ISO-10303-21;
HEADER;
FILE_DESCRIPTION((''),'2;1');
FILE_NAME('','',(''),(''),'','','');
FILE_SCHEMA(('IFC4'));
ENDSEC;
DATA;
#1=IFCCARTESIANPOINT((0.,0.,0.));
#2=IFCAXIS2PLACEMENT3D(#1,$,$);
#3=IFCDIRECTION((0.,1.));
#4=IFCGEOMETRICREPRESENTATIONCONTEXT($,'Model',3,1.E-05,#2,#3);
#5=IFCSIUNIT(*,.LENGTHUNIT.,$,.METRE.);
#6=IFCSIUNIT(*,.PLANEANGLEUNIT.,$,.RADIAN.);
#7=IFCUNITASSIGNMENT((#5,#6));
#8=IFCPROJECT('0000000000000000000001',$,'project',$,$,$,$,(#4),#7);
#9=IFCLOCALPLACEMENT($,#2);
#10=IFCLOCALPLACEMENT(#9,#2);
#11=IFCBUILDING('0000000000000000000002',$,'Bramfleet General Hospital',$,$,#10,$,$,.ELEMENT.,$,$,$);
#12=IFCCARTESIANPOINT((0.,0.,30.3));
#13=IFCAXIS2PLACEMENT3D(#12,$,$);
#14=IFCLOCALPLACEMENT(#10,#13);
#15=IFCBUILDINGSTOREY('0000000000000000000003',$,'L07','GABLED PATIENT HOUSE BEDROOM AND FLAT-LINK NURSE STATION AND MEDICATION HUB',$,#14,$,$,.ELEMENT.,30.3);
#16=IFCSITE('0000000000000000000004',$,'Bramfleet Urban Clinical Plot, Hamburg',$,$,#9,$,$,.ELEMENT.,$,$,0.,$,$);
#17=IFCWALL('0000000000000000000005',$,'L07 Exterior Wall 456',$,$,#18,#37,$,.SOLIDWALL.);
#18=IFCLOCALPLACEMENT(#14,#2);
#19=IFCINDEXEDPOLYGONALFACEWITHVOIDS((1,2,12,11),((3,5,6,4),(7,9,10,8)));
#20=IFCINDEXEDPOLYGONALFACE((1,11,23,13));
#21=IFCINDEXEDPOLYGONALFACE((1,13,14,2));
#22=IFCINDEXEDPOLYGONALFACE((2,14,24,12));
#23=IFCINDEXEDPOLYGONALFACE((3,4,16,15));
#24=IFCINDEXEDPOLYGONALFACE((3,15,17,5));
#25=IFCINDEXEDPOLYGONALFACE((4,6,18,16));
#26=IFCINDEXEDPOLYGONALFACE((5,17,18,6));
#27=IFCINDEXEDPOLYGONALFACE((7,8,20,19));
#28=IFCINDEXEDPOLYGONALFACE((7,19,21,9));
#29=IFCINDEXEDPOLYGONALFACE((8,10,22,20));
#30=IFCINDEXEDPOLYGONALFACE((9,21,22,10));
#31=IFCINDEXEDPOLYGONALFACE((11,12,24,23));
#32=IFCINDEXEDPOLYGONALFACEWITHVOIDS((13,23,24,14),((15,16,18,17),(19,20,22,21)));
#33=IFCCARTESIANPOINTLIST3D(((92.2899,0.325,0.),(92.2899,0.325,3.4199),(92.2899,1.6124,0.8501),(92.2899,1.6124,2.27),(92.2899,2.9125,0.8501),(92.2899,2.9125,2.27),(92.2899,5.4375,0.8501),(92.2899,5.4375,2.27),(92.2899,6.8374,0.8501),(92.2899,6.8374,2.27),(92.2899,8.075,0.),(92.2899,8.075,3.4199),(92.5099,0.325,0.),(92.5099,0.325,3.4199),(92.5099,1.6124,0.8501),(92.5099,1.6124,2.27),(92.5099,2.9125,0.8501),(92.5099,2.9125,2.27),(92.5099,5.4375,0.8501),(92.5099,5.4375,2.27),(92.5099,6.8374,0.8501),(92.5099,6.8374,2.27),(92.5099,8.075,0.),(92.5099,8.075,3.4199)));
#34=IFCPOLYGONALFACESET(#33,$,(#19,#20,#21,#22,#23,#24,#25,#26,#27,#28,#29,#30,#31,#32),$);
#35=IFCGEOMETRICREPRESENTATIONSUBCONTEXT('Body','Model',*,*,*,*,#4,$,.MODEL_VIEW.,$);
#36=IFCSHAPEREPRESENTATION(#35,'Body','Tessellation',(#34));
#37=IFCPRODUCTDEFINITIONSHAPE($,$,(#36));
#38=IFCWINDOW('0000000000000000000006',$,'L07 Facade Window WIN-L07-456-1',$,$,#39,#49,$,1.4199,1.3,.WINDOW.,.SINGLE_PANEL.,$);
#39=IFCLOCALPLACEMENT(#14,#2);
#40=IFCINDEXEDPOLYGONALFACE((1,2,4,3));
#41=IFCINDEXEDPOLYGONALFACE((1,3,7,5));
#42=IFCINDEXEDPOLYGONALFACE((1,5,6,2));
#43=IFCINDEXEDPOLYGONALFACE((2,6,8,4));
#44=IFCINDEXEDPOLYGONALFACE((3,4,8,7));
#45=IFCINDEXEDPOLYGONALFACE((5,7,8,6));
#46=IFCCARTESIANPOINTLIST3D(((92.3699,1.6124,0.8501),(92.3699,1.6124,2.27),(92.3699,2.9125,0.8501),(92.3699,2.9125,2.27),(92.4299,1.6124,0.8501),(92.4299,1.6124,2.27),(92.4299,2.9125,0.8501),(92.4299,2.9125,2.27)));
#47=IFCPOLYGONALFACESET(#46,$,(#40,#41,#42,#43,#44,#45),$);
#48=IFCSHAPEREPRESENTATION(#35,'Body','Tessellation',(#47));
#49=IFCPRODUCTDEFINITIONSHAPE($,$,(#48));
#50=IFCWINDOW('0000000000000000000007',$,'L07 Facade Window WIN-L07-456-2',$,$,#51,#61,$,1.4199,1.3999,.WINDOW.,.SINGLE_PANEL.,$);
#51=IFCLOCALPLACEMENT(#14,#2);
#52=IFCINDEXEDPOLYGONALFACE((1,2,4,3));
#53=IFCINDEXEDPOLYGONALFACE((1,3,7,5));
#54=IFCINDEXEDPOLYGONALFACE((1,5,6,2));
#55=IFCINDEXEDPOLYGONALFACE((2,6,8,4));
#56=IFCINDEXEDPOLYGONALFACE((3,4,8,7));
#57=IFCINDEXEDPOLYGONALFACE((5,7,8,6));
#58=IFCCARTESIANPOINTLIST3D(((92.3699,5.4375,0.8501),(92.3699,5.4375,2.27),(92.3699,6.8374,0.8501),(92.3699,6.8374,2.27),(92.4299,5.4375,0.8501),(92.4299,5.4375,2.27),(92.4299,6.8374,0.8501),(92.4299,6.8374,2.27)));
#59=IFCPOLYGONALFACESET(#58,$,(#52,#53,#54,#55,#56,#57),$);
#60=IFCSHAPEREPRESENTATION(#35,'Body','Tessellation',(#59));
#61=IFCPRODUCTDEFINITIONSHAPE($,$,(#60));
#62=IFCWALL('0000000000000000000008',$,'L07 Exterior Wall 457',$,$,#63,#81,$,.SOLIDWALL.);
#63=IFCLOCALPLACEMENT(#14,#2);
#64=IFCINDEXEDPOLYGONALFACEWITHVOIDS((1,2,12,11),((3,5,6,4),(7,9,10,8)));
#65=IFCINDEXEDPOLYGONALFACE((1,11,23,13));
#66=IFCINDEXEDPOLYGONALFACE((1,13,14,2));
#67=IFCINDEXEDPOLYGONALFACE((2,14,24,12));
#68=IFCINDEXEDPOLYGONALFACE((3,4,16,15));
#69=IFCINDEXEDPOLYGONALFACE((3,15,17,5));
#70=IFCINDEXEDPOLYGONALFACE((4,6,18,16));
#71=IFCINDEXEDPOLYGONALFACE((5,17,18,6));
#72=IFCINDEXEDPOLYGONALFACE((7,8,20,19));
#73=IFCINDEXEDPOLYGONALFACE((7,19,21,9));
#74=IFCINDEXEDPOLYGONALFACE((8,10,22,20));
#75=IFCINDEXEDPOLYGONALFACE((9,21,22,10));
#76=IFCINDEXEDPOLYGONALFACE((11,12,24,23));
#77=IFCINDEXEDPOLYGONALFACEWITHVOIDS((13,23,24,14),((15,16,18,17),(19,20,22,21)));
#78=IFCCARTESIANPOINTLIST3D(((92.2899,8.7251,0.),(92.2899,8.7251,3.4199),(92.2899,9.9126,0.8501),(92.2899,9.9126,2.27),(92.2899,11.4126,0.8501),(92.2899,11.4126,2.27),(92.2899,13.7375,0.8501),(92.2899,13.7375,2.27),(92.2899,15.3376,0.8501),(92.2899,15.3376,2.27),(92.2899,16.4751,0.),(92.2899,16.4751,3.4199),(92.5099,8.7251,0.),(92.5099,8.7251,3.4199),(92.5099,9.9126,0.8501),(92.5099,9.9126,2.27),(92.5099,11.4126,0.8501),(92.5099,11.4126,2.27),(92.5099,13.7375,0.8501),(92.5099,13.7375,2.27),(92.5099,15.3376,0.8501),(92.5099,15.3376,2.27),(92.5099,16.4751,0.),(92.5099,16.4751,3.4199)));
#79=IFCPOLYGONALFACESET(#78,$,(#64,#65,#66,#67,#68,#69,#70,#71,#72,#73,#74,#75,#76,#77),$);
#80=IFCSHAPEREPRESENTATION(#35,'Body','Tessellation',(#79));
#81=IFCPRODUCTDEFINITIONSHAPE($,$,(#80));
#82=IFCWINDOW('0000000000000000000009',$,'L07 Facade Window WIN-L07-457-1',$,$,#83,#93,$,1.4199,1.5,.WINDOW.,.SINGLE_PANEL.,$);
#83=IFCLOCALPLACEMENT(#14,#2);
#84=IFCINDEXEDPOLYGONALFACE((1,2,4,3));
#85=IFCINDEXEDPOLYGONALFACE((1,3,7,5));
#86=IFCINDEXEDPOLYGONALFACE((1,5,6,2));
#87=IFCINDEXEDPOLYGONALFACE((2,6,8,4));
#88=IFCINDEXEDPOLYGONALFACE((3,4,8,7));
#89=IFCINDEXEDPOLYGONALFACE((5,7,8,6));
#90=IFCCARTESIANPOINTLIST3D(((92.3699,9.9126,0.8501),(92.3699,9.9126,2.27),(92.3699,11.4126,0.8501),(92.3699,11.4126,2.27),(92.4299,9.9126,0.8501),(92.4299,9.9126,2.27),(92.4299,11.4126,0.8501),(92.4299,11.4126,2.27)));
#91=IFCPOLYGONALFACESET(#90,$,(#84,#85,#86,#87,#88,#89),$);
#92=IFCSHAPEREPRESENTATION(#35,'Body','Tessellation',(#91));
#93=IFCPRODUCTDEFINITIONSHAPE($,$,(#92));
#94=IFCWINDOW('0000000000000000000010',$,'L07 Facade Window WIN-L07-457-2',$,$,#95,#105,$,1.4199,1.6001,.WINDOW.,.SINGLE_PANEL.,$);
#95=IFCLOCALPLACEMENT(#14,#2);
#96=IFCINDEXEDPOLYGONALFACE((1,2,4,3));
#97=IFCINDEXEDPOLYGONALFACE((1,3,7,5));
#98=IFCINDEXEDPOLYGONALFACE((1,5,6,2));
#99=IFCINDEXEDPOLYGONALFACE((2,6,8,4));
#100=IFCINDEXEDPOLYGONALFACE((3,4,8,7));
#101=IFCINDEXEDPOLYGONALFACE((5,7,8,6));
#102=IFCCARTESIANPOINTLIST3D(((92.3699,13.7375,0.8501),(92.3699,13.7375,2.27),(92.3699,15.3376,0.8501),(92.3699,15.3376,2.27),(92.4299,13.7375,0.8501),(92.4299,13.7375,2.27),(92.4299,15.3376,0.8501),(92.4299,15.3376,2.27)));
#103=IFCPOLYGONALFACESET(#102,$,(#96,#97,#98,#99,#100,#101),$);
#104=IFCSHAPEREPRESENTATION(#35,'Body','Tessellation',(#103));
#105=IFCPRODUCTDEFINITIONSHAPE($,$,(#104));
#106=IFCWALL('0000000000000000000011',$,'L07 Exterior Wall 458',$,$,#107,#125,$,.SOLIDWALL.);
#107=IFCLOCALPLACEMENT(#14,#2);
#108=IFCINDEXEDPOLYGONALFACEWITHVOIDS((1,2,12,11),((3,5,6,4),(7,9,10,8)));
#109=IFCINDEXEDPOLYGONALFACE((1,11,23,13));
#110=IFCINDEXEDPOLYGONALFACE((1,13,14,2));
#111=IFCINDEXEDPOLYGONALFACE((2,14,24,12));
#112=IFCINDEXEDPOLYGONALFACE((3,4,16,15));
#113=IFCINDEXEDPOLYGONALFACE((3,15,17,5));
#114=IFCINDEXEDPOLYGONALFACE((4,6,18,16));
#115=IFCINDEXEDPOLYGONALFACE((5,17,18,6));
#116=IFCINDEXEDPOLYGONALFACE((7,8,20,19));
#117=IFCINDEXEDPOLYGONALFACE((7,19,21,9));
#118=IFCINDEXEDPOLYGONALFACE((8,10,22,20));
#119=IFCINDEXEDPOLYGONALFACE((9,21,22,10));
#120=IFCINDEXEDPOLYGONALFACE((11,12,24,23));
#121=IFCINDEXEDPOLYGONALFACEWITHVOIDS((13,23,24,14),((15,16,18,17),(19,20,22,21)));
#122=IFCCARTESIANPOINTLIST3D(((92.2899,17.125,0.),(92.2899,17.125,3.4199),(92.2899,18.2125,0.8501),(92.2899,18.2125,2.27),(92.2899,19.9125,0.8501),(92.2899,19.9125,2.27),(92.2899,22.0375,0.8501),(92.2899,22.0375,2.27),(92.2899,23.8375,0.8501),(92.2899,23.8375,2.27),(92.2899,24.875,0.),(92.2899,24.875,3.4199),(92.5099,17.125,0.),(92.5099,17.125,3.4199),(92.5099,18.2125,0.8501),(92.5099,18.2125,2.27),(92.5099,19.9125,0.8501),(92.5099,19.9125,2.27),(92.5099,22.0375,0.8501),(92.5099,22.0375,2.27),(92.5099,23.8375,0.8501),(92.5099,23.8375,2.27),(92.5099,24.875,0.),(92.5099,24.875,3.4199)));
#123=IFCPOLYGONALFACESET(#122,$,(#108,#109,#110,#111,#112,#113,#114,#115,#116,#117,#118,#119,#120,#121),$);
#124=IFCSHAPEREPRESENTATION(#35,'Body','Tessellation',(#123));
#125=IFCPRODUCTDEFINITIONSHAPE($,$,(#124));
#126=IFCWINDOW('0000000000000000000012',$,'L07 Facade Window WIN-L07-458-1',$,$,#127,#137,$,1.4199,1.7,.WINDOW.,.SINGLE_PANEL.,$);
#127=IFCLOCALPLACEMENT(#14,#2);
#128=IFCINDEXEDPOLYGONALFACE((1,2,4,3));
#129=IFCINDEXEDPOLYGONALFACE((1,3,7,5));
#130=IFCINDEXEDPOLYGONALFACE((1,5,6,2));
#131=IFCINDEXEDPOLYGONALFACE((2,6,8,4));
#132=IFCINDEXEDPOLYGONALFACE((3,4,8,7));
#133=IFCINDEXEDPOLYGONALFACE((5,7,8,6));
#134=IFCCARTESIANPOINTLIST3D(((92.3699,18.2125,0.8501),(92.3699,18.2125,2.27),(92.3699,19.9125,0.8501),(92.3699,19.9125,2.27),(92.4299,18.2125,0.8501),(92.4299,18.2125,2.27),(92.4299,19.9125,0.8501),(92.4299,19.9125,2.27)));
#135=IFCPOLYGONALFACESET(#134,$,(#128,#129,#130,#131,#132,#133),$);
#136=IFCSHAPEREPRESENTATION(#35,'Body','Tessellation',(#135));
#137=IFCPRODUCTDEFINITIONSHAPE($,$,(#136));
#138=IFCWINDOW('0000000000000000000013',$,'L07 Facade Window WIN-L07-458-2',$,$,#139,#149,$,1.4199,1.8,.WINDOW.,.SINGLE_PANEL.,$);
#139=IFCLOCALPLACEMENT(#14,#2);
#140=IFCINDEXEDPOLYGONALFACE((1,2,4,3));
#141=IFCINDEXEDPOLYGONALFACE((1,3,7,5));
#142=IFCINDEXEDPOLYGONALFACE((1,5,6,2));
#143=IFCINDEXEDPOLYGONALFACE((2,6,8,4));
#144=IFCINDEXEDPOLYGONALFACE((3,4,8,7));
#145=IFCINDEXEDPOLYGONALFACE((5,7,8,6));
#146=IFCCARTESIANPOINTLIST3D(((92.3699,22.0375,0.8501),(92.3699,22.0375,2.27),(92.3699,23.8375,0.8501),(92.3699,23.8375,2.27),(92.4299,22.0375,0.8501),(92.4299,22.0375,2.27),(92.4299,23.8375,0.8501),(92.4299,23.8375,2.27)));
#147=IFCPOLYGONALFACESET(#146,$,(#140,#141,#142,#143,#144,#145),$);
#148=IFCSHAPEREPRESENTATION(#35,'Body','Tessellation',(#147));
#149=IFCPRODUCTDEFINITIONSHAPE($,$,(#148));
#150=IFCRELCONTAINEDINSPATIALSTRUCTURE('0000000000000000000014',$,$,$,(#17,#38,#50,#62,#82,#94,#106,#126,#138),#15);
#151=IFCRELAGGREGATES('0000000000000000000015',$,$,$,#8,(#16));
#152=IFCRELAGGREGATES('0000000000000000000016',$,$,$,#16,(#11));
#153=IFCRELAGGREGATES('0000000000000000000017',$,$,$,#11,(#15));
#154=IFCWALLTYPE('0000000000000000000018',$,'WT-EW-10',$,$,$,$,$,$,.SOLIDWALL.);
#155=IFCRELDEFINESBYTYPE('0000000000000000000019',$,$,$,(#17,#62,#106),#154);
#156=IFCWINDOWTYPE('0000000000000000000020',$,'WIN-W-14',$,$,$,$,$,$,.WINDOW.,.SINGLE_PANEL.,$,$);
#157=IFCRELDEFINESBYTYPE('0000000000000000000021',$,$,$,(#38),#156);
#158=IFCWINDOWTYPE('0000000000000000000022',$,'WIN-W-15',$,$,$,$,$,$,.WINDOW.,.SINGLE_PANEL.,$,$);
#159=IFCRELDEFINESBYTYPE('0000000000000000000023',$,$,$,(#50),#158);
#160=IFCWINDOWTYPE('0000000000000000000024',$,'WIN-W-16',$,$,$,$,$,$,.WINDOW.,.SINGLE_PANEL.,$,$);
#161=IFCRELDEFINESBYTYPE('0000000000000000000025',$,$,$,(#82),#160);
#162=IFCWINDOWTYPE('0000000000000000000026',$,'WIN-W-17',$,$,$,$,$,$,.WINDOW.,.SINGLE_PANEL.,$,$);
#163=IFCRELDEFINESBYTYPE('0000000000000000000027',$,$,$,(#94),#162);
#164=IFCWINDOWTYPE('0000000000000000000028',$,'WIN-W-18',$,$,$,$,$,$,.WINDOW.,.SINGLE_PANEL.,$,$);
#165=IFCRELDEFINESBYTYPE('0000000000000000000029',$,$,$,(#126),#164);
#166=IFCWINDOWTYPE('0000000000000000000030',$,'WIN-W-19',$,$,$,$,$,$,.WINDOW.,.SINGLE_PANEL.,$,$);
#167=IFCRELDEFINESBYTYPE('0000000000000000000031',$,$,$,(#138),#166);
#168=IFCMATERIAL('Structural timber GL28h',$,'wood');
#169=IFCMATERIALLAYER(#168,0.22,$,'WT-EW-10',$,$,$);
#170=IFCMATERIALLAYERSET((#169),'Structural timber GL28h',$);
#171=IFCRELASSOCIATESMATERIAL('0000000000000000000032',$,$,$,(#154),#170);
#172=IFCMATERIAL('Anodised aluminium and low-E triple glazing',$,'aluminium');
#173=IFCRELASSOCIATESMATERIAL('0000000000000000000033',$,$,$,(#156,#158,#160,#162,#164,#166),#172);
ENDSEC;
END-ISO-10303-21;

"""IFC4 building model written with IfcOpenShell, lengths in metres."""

from ifc_helpers import new_model, si_unit, direction, frame, frame_2d, origin, place, context, subcontext, project, spatial, rectangle, extrude, material, layer, layer_set, type_object, element, fill, save


model = new_model("IFC4")

# Units and contexts
model_context = context("Model", 3, precision=1e-05, world=origin(), true_north=direction((0.0, 1.0)))
body_context = subcontext(model_context, "Body", "Model", "MODEL_VIEW")
ifc_project = project(units=[si_unit("LENGTHUNIT", "METRE"), si_unit("PLANEANGLEUNIT", "RADIAN")], contexts=[model_context])

# Site, building, storey
site_placement = place(None, origin())
site = spatial("IfcSite", under=ifc_project, at=site_placement, Name="Bramfleet Urban Clinical Plot, Hamburg", CompositionType="ELEMENT", RefElevation=0.0)
building_placement = place(site_placement, origin())
building = spatial("IfcBuilding", under=site, at=building_placement, Name="Bramfleet General Hospital", CompositionType="ELEMENT")
storey_placement = place(building_placement, frame((0.0, 0.0, 30.3)))
storey = spatial("IfcBuildingStorey", under=building, at=storey_placement, Name="L07", Description="GABLED PATIENT HOUSE BEDROOM AND FLAT-LINK NURSE STATION AND MEDICATION HUB", CompositionType="ELEMENT", Elevation=30.3)

# Walls, openings, windows
ifc_material_1 = material(Name="Structural timber GL28h", Category="wood")
ifc_layer = layer(ifc_material_1, 0.22, Name="WT-EW-10")
ifc_layer_set = layer_set([ifc_layer], Name="Structural timber GL28h")
wall_type = type_object("IfcWallType", Name="WT-EW-10", PredefinedType="SOLIDWALL", material=ifc_layer_set)
wall_1_placement = place(storey_placement, frame((92.3999, 0.325, 0.0), z_axis=(0.0, 0.0, 1.0), x_axis=(0.0, 1.0, 0.0)))
wall_1 = element("IfcWall", 1, at=wall_1_placement, inside=storey, type_object=wall_type, Name="L07 Exterior Wall 456", PredefinedType="SOLIDWALL", context=body_context, shape_type="SweptSolid", body=[
    extrude(rectangle(XDim=7.75, YDim=0.22, at=frame_2d((3.875, 0.0))), origin(), (0.0, 0.0, 1.0), 3.4199),
])
opening_1_placement = place(wall_1_placement, frame((1.2876, 0.0, 0.8501)))
opening_1 = element("IfcOpeningElement", 2, at=opening_1_placement, cuts=wall_1, PredefinedType="OPENING", context=body_context, shape_type="SweptSolid", body=[
    extrude(rectangle(XDim=1.3, YDim=1.4199, at=frame_2d((0.6499, 0.71))), frame((0.0, 0.1199, 0.0), z_axis=(0.0, -1.0, 0.0), x_axis=(1.0, 0.0, 0.0)), (0.0, 0.0, 1.0), 0.24),
])
opening_2_placement = place(wall_1_placement, frame((5.1125, 0.0, 0.8501)))
opening_2 = element("IfcOpeningElement", 3, at=opening_2_placement, cuts=wall_1, PredefinedType="OPENING", context=body_context, shape_type="SweptSolid", body=[
    extrude(rectangle(XDim=1.3999, YDim=1.4199, at=frame_2d((0.7, 0.71))), frame((0.0, 0.1199, 0.0), z_axis=(0.0, -1.0, 0.0), x_axis=(1.0, 0.0, 0.0)), (0.0, 0.0, 1.0), 0.24),
])
ifc_material_2 = material(Name="Anodised aluminium and low-E triple glazing", Category="aluminium")
window_type_1 = type_object("IfcWindowType", Name="WIN-W-14", PartitioningType="SINGLE_PANEL", PredefinedType="WINDOW", material=ifc_material_2)
window_1_placement = place(opening_1_placement, origin())
window_1 = element("IfcWindow", 4, at=window_1_placement, inside=storey, type_object=window_type_1, Name="L07 Facade Window WIN-L07-456-1", OverallHeight=1.4199, OverallWidth=1.3, PartitioningType="SINGLE_PANEL", PredefinedType="WINDOW", context=body_context, shape_type="SweptSolid", body=[
    extrude(rectangle(XDim=1.3, YDim=1.4199, at=frame_2d((0.6499, 0.71))), frame((0.0, 0.03, 0.0), z_axis=(0.0, -1.0, 0.0), x_axis=(1.0, 0.0, 0.0)), (0.0, 0.0, 1.0), 0.0601),
])
fill(opening_1, window_1)
window_type_2 = type_object("IfcWindowType", Name="WIN-W-15", PartitioningType="SINGLE_PANEL", PredefinedType="WINDOW", material=ifc_material_2)
window_2_placement = place(opening_2_placement, origin())
window_2 = element("IfcWindow", 5, at=window_2_placement, inside=storey, type_object=window_type_2, Name="L07 Facade Window WIN-L07-456-2", OverallHeight=1.4199, OverallWidth=1.3999, PartitioningType="SINGLE_PANEL", PredefinedType="WINDOW", context=body_context, shape_type="SweptSolid", body=[
    extrude(rectangle(XDim=1.3999, YDim=1.4199, at=frame_2d((0.7, 0.71))), frame((0.0, 0.03, 0.0), z_axis=(0.0, -1.0, 0.0), x_axis=(1.0, 0.0, 0.0)), (0.0, 0.0, 1.0), 0.0601),
])
fill(opening_2, window_2)
wall_2_placement = place(storey_placement, frame((92.3999, 8.7251, 0.0), z_axis=(0.0, 0.0, 1.0), x_axis=(0.0, 1.0, 0.0)))
wall_2 = element("IfcWall", 6, at=wall_2_placement, inside=storey, type_object=wall_type, Name="L07 Exterior Wall 457", PredefinedType="SOLIDWALL", context=body_context, shape_type="SweptSolid", body=[
    extrude(rectangle(XDim=7.75, YDim=0.22, at=frame_2d((3.875, 0.0))), origin(), (0.0, 0.0, 1.0), 3.4199),
])
opening_3_placement = place(wall_2_placement, frame((1.1875, 0.0, 0.8501)))
opening_3 = element("IfcOpeningElement", 7, at=opening_3_placement, cuts=wall_2, PredefinedType="OPENING", context=body_context, shape_type="SweptSolid", body=[
    extrude(rectangle(XDim=1.5, YDim=1.4199, at=frame_2d((0.75, 0.71))), frame((0.0, 0.1199, 0.0), z_axis=(0.0, -1.0, 0.0), x_axis=(1.0, 0.0, 0.0)), (0.0, 0.0, 1.0), 0.24),
])
opening_4_placement = place(wall_2_placement, frame((5.0125, 0.0, 0.8501)))
opening_4 = element("IfcOpeningElement", 8, at=opening_4_placement, cuts=wall_2, PredefinedType="OPENING", context=body_context, shape_type="SweptSolid", body=[
    extrude(rectangle(XDim=1.6001, YDim=1.4199, at=frame_2d((0.8, 0.71))), frame((0.0, 0.1199, 0.0), z_axis=(0.0, -1.0, 0.0), x_axis=(1.0, 0.0, 0.0)), (0.0, 0.0, 1.0), 0.24),
])
window_type_3 = type_object("IfcWindowType", Name="WIN-W-16", PartitioningType="SINGLE_PANEL", PredefinedType="WINDOW", material=ifc_material_2)
window_3_placement = place(opening_3_placement, origin())
window_3 = element("IfcWindow", 9, at=window_3_placement, inside=storey, type_object=window_type_3, Name="L07 Facade Window WIN-L07-457-1", OverallHeight=1.4199, OverallWidth=1.5, PartitioningType="SINGLE_PANEL", PredefinedType="WINDOW", context=body_context, shape_type="SweptSolid", body=[
    extrude(rectangle(XDim=1.5, YDim=1.4199, at=frame_2d((0.75, 0.71))), frame((0.0, 0.03, 0.0), z_axis=(0.0, -1.0, 0.0), x_axis=(1.0, 0.0, 0.0)), (0.0, 0.0, 1.0), 0.0601),
])
fill(opening_3, window_3)
window_type_4 = type_object("IfcWindowType", Name="WIN-W-17", PartitioningType="SINGLE_PANEL", PredefinedType="WINDOW", material=ifc_material_2)
window_4_placement = place(opening_4_placement, origin())
window_4 = element("IfcWindow", 10, at=window_4_placement, inside=storey, type_object=window_type_4, Name="L07 Facade Window WIN-L07-457-2", OverallHeight=1.4199, OverallWidth=1.6001, PartitioningType="SINGLE_PANEL", PredefinedType="WINDOW", context=body_context, shape_type="SweptSolid", body=[
    extrude(rectangle(XDim=1.6001, YDim=1.4199, at=frame_2d((0.8, 0.71))), frame((0.0, 0.03, 0.0), z_axis=(0.0, -1.0, 0.0), x_axis=(1.0, 0.0, 0.0)), (0.0, 0.0, 1.0), 0.0601),
])
fill(opening_4, window_4)
wall_3_placement = place(storey_placement, frame((92.3999, 17.125, 0.0), z_axis=(0.0, 0.0, 1.0), x_axis=(0.0, 1.0, 0.0)))
wall_3 = element("IfcWall", 11, at=wall_3_placement, inside=storey, type_object=wall_type, Name="L07 Exterior Wall 458", PredefinedType="SOLIDWALL", context=body_context, shape_type="SweptSolid", body=[
    extrude(rectangle(XDim=7.75, YDim=0.22, at=frame_2d((3.875, 0.0))), origin(), (0.0, 0.0, 1.0), 3.4199),
])
opening_5_placement = place(wall_3_placement, frame((1.0874, 0.0, 0.8501)))
opening_5 = element("IfcOpeningElement", 12, at=opening_5_placement, cuts=wall_3, PredefinedType="OPENING", context=body_context, shape_type="SweptSolid", body=[
    extrude(rectangle(XDim=1.7, YDim=1.4199, at=frame_2d((0.8501, 0.71))), frame((0.0, 0.1199, 0.0), z_axis=(0.0, -1.0, 0.0), x_axis=(1.0, 0.0, 0.0)), (0.0, 0.0, 1.0), 0.24),
])
opening_6_placement = place(wall_3_placement, frame((4.9126, 0.0, 0.8501)))
opening_6 = element("IfcOpeningElement", 13, at=opening_6_placement, cuts=wall_3, PredefinedType="OPENING", context=body_context, shape_type="SweptSolid", body=[
    extrude(rectangle(XDim=1.8, YDim=1.4199, at=frame_2d((0.8999, 0.71))), frame((0.0, 0.1199, 0.0), z_axis=(0.0, -1.0, 0.0), x_axis=(1.0, 0.0, 0.0)), (0.0, 0.0, 1.0), 0.24),
])
window_type_5 = type_object("IfcWindowType", Name="WIN-W-18", PartitioningType="SINGLE_PANEL", PredefinedType="WINDOW", material=ifc_material_2)
window_5_placement = place(opening_5_placement, origin())
window_5 = element("IfcWindow", 14, at=window_5_placement, inside=storey, type_object=window_type_5, Name="L07 Facade Window WIN-L07-458-1", OverallHeight=1.4199, OverallWidth=1.7, PartitioningType="SINGLE_PANEL", PredefinedType="WINDOW", context=body_context, shape_type="SweptSolid", body=[
    extrude(rectangle(XDim=1.7, YDim=1.4199, at=frame_2d((0.8501, 0.71))), frame((0.0, 0.03, 0.0), z_axis=(0.0, -1.0, 0.0), x_axis=(1.0, 0.0, 0.0)), (0.0, 0.0, 1.0), 0.0601),
])
fill(opening_5, window_5)
window_type_6 = type_object("IfcWindowType", Name="WIN-W-19", PartitioningType="SINGLE_PANEL", PredefinedType="WINDOW", material=ifc_material_2)
window_6_placement = place(opening_6_placement, origin())
window_6 = element("IfcWindow", 15, at=window_6_placement, inside=storey, type_object=window_type_6, Name="L07 Facade Window WIN-L07-458-2", OverallHeight=1.4199, OverallWidth=1.8, PartitioningType="SINGLE_PANEL", PredefinedType="WINDOW", context=body_context, shape_type="SweptSolid", body=[
    extrude(rectangle(XDim=1.8, YDim=1.4199, at=frame_2d((0.8999, 0.71))), frame((0.0, 0.03, 0.0), z_axis=(0.0, -1.0, 0.0), x_axis=(1.0, 0.0, 0.0)), (0.0, 0.0, 1.0), 0.0601),
])
fill(opening_6, window_6)

save(model, "model.ifc")
